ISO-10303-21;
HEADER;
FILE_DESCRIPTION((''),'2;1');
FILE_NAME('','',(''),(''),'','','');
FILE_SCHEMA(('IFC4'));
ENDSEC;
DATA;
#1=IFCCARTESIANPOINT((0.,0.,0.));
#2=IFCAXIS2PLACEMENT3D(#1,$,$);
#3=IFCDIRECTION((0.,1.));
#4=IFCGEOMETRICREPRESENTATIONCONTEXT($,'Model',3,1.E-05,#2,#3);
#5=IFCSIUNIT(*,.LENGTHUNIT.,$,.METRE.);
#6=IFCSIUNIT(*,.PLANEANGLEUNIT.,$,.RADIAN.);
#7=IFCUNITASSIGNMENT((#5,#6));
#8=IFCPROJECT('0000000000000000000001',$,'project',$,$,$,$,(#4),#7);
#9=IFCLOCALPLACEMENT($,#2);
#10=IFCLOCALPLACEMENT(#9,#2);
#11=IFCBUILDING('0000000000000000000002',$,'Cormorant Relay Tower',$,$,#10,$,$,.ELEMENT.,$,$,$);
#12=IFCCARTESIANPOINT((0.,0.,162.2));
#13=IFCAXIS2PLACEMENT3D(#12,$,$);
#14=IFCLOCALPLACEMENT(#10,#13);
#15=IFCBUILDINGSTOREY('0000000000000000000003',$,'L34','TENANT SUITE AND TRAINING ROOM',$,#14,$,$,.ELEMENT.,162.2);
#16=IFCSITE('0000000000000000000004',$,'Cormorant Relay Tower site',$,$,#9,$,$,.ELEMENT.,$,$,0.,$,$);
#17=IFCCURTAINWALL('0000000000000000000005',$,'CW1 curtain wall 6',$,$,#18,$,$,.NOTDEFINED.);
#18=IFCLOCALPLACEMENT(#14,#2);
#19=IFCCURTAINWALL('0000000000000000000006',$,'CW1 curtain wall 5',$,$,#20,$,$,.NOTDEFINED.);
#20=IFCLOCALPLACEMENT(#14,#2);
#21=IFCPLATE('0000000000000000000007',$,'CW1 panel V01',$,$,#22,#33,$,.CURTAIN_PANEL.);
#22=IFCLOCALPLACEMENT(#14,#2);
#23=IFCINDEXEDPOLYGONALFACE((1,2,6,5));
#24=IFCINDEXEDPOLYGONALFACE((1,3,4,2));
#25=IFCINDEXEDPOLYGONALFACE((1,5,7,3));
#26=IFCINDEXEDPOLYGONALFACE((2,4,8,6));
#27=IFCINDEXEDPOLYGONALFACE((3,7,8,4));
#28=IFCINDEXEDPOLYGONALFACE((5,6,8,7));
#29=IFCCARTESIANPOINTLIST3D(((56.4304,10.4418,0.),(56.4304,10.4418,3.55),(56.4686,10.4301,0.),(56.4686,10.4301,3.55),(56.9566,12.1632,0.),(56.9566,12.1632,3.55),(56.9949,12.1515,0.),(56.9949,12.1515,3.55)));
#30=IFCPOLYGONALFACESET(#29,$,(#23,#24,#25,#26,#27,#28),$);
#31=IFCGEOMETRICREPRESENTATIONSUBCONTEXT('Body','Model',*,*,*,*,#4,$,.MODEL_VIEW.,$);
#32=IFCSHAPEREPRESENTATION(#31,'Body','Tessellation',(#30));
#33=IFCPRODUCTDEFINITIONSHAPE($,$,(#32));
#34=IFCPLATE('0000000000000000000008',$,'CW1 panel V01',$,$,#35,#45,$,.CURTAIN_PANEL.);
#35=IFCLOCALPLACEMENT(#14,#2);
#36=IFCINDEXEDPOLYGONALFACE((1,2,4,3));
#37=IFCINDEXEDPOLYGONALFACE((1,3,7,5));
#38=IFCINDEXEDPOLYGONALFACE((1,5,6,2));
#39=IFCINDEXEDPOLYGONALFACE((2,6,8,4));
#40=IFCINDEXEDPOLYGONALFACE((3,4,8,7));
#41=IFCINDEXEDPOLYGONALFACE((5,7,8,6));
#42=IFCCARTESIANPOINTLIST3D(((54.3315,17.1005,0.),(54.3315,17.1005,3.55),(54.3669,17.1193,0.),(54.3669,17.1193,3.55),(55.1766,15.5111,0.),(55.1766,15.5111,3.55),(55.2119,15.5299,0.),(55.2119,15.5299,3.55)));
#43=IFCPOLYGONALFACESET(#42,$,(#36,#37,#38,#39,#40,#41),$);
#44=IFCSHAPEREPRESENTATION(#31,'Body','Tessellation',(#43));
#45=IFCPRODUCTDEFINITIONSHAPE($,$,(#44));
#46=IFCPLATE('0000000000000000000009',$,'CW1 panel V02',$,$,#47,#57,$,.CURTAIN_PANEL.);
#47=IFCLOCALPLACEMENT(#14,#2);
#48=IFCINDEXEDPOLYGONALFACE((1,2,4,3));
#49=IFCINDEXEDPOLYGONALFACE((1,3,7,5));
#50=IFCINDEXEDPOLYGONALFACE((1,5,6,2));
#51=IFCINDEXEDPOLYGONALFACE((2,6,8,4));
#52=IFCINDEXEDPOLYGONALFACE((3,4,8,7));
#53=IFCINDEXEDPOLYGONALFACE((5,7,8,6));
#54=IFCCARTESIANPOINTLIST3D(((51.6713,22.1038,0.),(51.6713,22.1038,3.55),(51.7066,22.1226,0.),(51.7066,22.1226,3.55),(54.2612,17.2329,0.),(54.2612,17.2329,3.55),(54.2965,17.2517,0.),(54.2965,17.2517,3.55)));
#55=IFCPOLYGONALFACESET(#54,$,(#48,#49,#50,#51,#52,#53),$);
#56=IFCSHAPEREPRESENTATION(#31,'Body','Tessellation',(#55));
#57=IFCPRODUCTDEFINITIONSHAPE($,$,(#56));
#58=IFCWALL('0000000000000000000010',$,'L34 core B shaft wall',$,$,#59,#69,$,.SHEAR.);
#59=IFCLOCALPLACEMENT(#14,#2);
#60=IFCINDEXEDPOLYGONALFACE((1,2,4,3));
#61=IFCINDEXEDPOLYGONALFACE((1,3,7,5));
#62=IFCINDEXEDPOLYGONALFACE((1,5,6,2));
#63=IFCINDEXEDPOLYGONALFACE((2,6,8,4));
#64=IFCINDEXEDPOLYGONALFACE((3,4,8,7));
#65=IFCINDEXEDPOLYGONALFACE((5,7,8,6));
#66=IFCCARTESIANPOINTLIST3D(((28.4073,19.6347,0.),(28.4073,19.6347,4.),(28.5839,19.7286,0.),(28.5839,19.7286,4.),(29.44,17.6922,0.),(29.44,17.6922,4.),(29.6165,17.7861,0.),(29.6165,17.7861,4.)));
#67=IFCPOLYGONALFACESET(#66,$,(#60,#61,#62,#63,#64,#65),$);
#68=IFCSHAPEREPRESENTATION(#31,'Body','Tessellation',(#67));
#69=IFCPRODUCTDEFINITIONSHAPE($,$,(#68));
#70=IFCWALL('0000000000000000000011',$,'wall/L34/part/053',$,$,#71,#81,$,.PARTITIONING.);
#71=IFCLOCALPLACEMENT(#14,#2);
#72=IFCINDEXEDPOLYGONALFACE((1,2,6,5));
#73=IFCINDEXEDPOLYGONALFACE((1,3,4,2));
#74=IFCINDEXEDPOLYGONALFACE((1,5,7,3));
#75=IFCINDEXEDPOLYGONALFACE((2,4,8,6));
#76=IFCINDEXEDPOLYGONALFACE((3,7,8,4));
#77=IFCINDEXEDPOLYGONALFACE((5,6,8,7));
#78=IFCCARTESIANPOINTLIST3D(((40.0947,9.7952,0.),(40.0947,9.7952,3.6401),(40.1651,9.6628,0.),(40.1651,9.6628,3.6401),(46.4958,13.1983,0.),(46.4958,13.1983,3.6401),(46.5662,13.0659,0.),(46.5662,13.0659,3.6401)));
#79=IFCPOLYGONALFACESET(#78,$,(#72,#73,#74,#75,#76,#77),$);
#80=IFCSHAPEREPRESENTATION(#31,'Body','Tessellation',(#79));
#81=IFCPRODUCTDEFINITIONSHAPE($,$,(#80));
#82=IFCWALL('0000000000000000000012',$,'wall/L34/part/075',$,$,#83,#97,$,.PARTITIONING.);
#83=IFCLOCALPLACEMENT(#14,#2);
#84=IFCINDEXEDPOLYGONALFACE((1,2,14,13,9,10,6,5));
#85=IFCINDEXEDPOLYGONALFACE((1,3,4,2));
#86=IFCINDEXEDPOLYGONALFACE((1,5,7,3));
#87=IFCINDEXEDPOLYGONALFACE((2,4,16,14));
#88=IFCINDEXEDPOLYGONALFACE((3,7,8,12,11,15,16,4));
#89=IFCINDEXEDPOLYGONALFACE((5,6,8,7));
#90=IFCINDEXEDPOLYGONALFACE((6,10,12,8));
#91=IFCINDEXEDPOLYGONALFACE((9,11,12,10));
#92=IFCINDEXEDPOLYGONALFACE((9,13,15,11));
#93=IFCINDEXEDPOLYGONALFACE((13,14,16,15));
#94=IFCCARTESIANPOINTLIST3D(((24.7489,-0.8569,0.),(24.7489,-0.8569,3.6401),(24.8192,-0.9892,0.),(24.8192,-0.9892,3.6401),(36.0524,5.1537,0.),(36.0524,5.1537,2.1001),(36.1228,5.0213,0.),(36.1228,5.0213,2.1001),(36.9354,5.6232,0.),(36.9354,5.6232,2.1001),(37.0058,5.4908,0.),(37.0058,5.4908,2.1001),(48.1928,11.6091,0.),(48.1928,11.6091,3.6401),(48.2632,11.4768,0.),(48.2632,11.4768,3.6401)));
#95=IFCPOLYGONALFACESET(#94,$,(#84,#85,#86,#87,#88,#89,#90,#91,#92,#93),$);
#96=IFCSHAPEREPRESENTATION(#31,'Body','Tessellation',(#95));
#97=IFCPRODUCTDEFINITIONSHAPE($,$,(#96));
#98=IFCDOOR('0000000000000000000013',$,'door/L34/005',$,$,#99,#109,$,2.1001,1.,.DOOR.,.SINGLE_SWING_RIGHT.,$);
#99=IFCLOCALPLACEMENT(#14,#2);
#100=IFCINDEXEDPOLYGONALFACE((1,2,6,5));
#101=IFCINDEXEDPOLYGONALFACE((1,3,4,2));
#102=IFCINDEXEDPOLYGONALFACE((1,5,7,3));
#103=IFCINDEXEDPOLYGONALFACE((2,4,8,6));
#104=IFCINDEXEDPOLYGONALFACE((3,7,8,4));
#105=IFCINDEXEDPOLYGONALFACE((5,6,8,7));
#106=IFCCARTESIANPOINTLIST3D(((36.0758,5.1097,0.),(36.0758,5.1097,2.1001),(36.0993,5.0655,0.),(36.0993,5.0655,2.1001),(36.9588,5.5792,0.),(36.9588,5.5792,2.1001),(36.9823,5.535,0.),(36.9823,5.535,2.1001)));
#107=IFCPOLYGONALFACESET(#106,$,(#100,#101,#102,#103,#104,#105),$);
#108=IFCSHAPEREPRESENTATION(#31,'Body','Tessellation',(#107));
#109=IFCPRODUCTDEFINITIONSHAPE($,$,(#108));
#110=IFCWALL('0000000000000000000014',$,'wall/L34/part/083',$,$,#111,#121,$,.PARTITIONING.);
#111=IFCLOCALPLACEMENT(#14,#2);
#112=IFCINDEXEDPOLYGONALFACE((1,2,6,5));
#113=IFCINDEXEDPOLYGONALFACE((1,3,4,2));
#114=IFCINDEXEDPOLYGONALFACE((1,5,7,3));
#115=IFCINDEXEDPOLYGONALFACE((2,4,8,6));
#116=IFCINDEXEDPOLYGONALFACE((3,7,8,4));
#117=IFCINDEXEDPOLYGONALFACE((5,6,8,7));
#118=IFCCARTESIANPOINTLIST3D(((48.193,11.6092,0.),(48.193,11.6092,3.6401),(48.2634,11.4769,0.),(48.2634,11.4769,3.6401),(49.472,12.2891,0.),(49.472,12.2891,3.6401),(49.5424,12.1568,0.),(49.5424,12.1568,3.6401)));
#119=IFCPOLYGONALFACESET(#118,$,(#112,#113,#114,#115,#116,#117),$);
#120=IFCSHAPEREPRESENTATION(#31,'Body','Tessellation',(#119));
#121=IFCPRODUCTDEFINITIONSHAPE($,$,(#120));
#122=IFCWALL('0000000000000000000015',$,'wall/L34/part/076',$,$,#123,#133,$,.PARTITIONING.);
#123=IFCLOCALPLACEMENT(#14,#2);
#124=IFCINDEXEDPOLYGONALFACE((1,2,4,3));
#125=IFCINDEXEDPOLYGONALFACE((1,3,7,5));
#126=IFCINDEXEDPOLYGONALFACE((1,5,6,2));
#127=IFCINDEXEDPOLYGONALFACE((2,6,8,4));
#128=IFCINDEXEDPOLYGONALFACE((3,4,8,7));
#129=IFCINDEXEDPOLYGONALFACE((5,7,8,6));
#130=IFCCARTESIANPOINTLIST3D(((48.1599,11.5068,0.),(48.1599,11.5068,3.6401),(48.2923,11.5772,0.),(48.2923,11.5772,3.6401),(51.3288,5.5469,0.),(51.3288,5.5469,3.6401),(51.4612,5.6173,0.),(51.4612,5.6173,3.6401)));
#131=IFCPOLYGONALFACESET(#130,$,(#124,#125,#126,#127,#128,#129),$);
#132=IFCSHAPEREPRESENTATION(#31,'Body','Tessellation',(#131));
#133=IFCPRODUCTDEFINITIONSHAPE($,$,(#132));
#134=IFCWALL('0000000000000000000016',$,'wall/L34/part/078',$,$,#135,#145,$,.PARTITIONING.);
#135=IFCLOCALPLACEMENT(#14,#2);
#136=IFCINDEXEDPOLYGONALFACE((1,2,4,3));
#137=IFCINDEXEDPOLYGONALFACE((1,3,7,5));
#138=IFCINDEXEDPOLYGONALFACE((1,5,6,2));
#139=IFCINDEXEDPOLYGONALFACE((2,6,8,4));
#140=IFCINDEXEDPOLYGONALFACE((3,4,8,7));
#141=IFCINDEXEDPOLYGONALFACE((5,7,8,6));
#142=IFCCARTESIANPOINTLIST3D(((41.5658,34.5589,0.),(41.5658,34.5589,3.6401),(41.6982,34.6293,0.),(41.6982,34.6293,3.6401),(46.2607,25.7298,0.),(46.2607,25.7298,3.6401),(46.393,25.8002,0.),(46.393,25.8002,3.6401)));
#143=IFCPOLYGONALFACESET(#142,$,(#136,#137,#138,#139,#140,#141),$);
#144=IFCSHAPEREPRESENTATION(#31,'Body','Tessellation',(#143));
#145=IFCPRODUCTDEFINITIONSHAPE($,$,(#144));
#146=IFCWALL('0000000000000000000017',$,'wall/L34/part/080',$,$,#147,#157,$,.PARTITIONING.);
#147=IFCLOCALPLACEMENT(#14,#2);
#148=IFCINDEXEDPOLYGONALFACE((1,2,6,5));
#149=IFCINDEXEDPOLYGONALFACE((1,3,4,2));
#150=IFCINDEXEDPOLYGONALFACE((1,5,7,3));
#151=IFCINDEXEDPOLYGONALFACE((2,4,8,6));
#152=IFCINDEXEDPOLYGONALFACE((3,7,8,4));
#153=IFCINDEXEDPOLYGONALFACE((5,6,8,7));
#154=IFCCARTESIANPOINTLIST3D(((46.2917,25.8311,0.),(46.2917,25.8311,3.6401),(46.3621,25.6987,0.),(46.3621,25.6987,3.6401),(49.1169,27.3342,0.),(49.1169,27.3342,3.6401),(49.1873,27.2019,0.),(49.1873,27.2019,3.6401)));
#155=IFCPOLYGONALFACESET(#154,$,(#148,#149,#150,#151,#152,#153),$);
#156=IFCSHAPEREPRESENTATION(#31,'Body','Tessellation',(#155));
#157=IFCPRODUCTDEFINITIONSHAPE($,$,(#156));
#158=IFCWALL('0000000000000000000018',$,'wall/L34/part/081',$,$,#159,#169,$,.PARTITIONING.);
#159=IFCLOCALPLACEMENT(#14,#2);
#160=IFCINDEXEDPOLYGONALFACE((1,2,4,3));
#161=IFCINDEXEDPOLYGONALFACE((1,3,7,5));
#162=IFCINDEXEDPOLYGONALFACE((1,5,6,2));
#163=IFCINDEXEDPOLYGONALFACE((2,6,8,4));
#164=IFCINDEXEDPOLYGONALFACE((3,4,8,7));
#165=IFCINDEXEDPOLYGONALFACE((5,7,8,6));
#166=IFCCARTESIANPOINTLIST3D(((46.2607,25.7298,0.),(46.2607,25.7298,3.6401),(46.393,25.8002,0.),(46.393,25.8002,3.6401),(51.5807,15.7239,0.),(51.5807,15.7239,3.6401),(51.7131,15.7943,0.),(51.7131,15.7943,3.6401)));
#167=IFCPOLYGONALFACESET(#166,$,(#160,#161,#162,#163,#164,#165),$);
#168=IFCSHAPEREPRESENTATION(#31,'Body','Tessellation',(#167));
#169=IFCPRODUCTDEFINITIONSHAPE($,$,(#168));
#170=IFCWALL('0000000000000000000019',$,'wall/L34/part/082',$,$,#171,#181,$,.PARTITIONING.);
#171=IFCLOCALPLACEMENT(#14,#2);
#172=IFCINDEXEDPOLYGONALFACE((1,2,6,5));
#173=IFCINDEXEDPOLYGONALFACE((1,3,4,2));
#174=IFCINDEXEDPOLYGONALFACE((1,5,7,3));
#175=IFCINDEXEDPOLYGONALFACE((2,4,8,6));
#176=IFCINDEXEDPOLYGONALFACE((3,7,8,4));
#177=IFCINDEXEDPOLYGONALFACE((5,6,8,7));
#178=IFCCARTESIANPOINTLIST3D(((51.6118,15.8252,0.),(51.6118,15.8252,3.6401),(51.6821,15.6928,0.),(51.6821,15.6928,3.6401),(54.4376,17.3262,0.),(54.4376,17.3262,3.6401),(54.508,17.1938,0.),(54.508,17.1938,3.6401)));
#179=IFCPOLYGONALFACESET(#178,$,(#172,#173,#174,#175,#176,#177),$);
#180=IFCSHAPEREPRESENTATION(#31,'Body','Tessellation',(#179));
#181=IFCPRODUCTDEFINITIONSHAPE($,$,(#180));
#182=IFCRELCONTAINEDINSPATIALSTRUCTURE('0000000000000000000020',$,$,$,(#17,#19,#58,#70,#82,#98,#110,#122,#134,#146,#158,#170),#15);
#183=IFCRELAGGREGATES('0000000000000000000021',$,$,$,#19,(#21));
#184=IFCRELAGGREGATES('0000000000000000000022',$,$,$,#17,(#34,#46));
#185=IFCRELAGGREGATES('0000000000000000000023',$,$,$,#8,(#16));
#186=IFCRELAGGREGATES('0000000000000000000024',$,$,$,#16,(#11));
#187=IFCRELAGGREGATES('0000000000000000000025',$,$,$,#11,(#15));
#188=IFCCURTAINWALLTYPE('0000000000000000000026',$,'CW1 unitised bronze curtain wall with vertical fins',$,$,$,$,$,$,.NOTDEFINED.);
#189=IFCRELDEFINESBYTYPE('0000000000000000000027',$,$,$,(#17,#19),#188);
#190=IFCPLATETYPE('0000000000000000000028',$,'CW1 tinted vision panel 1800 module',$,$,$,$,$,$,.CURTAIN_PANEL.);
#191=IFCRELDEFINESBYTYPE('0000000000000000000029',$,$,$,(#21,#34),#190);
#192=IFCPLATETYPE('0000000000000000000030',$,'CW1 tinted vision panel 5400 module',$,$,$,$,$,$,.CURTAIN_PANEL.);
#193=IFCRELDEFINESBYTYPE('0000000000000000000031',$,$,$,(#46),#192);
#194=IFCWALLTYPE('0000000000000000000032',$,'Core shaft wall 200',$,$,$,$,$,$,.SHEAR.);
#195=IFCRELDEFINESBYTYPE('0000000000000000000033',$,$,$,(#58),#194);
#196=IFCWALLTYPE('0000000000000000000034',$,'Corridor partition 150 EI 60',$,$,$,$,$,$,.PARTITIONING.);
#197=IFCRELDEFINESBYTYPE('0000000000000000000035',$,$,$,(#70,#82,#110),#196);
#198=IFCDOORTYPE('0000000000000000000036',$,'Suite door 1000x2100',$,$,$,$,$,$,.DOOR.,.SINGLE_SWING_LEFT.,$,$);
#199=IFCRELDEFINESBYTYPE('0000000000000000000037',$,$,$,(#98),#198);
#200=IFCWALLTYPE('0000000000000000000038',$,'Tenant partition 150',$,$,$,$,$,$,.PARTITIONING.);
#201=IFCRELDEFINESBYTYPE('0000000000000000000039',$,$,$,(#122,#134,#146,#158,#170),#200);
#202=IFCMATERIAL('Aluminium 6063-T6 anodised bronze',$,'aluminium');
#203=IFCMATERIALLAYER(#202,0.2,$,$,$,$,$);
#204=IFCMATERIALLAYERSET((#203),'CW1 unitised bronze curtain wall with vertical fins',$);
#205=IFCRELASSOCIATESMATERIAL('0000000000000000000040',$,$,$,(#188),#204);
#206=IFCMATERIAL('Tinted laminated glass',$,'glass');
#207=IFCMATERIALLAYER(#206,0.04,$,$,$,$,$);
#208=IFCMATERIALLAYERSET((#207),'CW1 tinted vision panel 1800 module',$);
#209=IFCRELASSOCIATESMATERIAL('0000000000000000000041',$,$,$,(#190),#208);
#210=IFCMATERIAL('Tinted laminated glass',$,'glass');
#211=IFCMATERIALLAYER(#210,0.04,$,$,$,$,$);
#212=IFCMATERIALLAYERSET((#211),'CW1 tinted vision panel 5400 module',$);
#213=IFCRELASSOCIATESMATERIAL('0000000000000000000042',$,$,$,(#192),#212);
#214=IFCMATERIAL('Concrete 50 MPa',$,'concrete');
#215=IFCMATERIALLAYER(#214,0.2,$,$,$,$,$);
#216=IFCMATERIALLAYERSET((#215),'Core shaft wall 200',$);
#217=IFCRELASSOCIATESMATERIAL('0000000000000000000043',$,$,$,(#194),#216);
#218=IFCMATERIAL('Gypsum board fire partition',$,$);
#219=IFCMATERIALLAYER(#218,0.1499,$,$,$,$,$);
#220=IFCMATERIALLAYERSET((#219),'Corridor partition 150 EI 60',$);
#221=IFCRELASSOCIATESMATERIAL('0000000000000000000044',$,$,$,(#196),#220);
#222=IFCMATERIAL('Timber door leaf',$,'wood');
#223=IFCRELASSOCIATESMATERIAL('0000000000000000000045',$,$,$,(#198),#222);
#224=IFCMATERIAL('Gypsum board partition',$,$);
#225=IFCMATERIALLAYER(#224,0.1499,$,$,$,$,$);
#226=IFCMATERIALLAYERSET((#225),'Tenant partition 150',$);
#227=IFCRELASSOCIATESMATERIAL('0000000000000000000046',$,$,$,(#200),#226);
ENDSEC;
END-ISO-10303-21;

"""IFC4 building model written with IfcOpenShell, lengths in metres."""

from ifc_helpers import new_model, si_unit, direction, frame, frame_2d, origin, origin_2d, place, context, subcontext, project, spatial, rectangle, extrude, material, layer, layer_set, type_object, element, fill, aggregate, save


model = new_model("IFC4")

# Units and contexts
model_context = context("Model", 3, precision=1e-05, world=origin(), true_north=direction((0.0, 1.0)))
body_context = subcontext(model_context, "Body", "Model", "MODEL_VIEW")
ifc_project = project(units=[si_unit("LENGTHUNIT", "METRE"), si_unit("PLANEANGLEUNIT", "RADIAN")], contexts=[model_context])

# Site, building, storey
site_placement = place(None, origin())
site = spatial("IfcSite", under=ifc_project, at=site_placement, Name="Cormorant Relay Tower site", CompositionType="ELEMENT", RefElevation=0.0)
building_placement = place(site_placement, origin())
building = spatial("IfcBuilding", under=site, at=building_placement, Name="Cormorant Relay Tower", CompositionType="ELEMENT")
storey_placement = place(building_placement, frame((0.0, 0.0, 162.2)))
storey = spatial("IfcBuildingStorey", under=building, at=storey_placement, Name="L34", Description="TENANT SUITE AND TRAINING ROOM", CompositionType="ELEMENT", Elevation=162.2)

# Curtain wall
ifc_material_1 = material(Name="Aluminium 6063-T6 anodised bronze", Category="aluminium")
ifc_layer_1 = layer(ifc_material_1, 0.2)
ifc_layer_set_1 = layer_set([ifc_layer_1], Name="CW1 unitised bronze curtain wall with vertical fins")
curtain_wall_type = type_object("IfcCurtainWallType", Name="CW1 unitised bronze curtain wall with vertical fins", PredefinedType="NOTDEFINED", material=ifc_layer_set_1)
curtain_wall_1_placement = place(storey_placement, origin())
curtain_wall_1 = element("IfcCurtainWall", 1, at=curtain_wall_1_placement, inside=storey, type_object=curtain_wall_type, Name="CW1 curtain wall 6", PredefinedType="NOTDEFINED")

# Curtain wall, plate
curtain_wall_2_placement = place(storey_placement, origin())
curtain_wall_2 = element("IfcCurtainWall", 2, at=curtain_wall_2_placement, inside=storey, type_object=curtain_wall_type, Name="CW1 curtain wall 5", PredefinedType="NOTDEFINED")
ifc_material_2 = material(Name="Tinted laminated glass", Category="glass")
ifc_layer_2 = layer(ifc_material_2, 0.04)
ifc_layer_set_2 = layer_set([ifc_layer_2], Name="CW1 tinted vision panel 1800 module")
plate_type_1 = type_object("IfcPlateType", Name="CW1 tinted vision panel 1800 module", PredefinedType="CURTAIN_PANEL", material=ifc_layer_set_2)
plate_1_placement = place(storey_placement, frame((56.7126, 11.2966, 0.0), z_axis=(0.0, 0.0, 1.0), x_axis=(0.292372, 0.956305, 0.0)))
plate_1 = element("IfcPlate", 3, at=plate_1_placement, type_object=plate_type_1, Name="CW1 panel V01", PredefinedType="CURTAIN_PANEL", context=body_context, shape_type="SweptSolid", body=[
    extrude(rectangle(XDim=1.8, YDim=0.04, at=origin_2d()), origin(), (0.0, 0.0, 1.0), 3.55),
])
aggregate(curtain_wall_2, [plate_1])

# Plates
plate_2_placement = place(storey_placement, frame((54.7717, 16.3152, 0.0), z_axis=(0.0, 0.0, 1.0), x_axis=(-0.469472, 0.882948, 0.0)))
plate_2 = element("IfcPlate", 4, at=plate_2_placement, type_object=plate_type_1, Name="CW1 panel V01", PredefinedType="CURTAIN_PANEL", context=body_context, shape_type="SweptSolid", body=[
    extrude(rectangle(XDim=1.8, YDim=0.04, at=origin_2d()), origin(), (0.0, 0.0, 1.0), 3.55),
])
ifc_material_3 = material(Name="Tinted laminated glass", Category="glass")
ifc_layer_3 = layer(ifc_material_3, 0.04)
ifc_layer_set_3 = layer_set([ifc_layer_3], Name="CW1 tinted vision panel 5400 module")
plate_type_2 = type_object("IfcPlateType", Name="CW1 tinted vision panel 5400 module", PredefinedType="CURTAIN_PANEL", material=ifc_layer_set_3)
plate_3_placement = place(storey_placement, frame((52.9839, 19.6777, 0.0), z_axis=(0.0, 0.0, 1.0), x_axis=(-0.469472, 0.882948, 0.0)))
plate_3 = element("IfcPlate", 5, at=plate_3_placement, type_object=plate_type_2, Name="CW1 panel V02", PredefinedType="CURTAIN_PANEL", context=body_context, shape_type="SweptSolid", body=[
    extrude(rectangle(XDim=5.5166, YDim=0.04, at=origin_2d()), origin(), (0.0, 0.0, 1.0), 3.55),
])

# Wall
ifc_material_4 = material(Name="Concrete 50 MPa", Category="concrete")
ifc_layer_4 = layer(ifc_material_4, 0.2)
ifc_layer_set_4 = layer_set([ifc_layer_4], Name="Core shaft wall 200")
wall_type_1 = type_object("IfcWallType", Name="Core shaft wall 200", PredefinedType="SHEAR", material=ifc_layer_set_4)
wall_1_placement = place(storey_placement, frame((29.5283, 17.739, 0.0), z_axis=(0.0, 0.0, 1.0), x_axis=(-0.469401, 0.882985, 0.0)))
element("IfcWall", 6, at=wall_1_placement, inside=storey, type_object=wall_type_1, Name="L34 core B shaft wall", PredefinedType="SHEAR", context=body_context, shape_type="SweptSolid", body=[
    extrude(rectangle(XDim=2.2, YDim=0.2, at=frame_2d((1.1001, 0.0))), origin(), (0.0, 0.0, 1.0), 4.0),
])

# Wall
ifc_material_5 = material(Name="Gypsum board fire partition")
ifc_layer_5 = layer(ifc_material_5, 0.1499)
ifc_layer_set_5 = layer_set([ifc_layer_5], Name="Corridor partition 150 EI 60")
wall_type_2 = type_object("IfcWallType", Name="Corridor partition 150 EI 60", PredefinedType="PARTITIONING", material=ifc_layer_set_5)
wall_2_placement = place(storey_placement, frame((46.531, 13.1321, 0.0), z_axis=(0.0, 0.0, 1.0), x_axis=(-0.882974, -0.469422, 0.0)))
element("IfcWall", 7, at=wall_2_placement, inside=storey, type_object=wall_type_2, Name="wall/L34/part/053", PredefinedType="PARTITIONING", context=body_context, shape_type="SweptSolid", body=[
    extrude(rectangle(XDim=7.2495, YDim=0.1499, at=frame_2d((3.6248, 0.0))), origin(), (0.0, 0.0, 1.0), 3.6401),
])

# Wall, opening, door
wall_3_placement = place(storey_placement, frame((48.228, 11.543, 0.0), z_axis=(0.0, 0.0, 1.0), x_axis=(-0.882938, -0.46949, 0.0)))
wall_3 = element("IfcWall", 8, at=wall_3_placement, inside=storey, type_object=wall_type_2, Name="wall/L34/part/075", PredefinedType="PARTITIONING", context=body_context, shape_type="SweptSolid", body=[
    extrude(rectangle(XDim=26.5522, YDim=0.1499, at=frame_2d((13.2761, 0.0))), origin(), (0.0, 0.0, 1.0), 3.6401),
])
opening_1_placement = place(wall_3_placement, frame((12.75, 0.0, 0.0)))
opening_1 = element("IfcOpeningElement", 9, at=opening_1_placement, cuts=wall_3, PredefinedType="OPENING", context=body_context, shape_type="SweptSolid", body=[
    extrude(rectangle(XDim=1.0, YDim=2.1001, at=frame_2d((0.5, 1.05))), frame((0.0, 0.085, 0.0), z_axis=(0.0, -1.0, 0.0), x_axis=(1.0, 0.0, 0.0)), (0.0, 0.0, 1.0), 0.1699),
])
ifc_material_6 = material(Name="Timber door leaf", Category="wood")
door_type_1 = type_object("IfcDoorType", Name="Suite door 1000x2100", OperationType="SINGLE_SWING_LEFT", PredefinedType="DOOR", material=ifc_material_6)
door_1_placement = place(opening_1_placement, origin())
door_1 = element("IfcDoor", 10, at=door_1_placement, inside=storey, type_object=door_type_1, Name="door/L34/005", OperationType="SINGLE_SWING_RIGHT", OverallHeight=2.1001, OverallWidth=1.0, PredefinedType="DOOR", context=body_context, shape_type="SweptSolid", body=[
    extrude(rectangle(XDim=1.0, YDim=2.1001, at=frame_2d((0.5, 1.05))), frame((0.0, 0.0249, 0.0), z_axis=(0.0, -1.0, 0.0), x_axis=(1.0, 0.0, 0.0)), (0.0, 0.0, 1.0), 0.05),
])
fill(opening_1, door_1)

# Walls
wall_4_placement = place(storey_placement, frame((49.5071, 12.2229, 0.0), z_axis=(0.0, 0.0, 1.0), x_axis=(-0.882991, -0.469389, 0.0)))
element("IfcWall", 11, at=wall_4_placement, inside=storey, type_object=wall_type_2, Name="wall/L34/part/083", PredefinedType="PARTITIONING", context=body_context, shape_type="SweptSolid", body=[
    extrude(rectangle(XDim=1.4485, YDim=0.1499, at=frame_2d((0.7241, 0.0))), origin(), (0.0, 0.0, 1.0), 3.6401),
])
ifc_material_7 = material(Name="Gypsum board partition")
ifc_layer_6 = layer(ifc_material_7, 0.1499)
ifc_layer_set_6 = layer_set([ifc_layer_6], Name="Tenant partition 150")
wall_type_3 = type_object("IfcWallType", Name="Tenant partition 150", PredefinedType="PARTITIONING", material=ifc_layer_set_6)
wall_5_placement = place(storey_placement, frame((48.2261, 11.542, 0.0), z_axis=(0.0, 0.0, 1.0), x_axis=(0.469469, -0.882949, 0.0)))
element("IfcWall", 12, at=wall_5_placement, inside=storey, type_object=wall_type_3, Name="wall/L34/part/076", PredefinedType="PARTITIONING", context=body_context, shape_type="SweptSolid", body=[
    extrude(rectangle(XDim=6.75, YDim=0.1499, at=frame_2d((3.375, 0.0))), origin(), (0.0, 0.0, 1.0), 3.6401),
])
wall_6_placement = place(storey_placement, frame((46.3269, 25.7649, 0.0), z_axis=(0.0, 0.0, 1.0), x_axis=(-0.469496, 0.882935, 0.0)))
element("IfcWall", 13, at=wall_6_placement, inside=storey, type_object=wall_type_3, Name="wall/L34/part/078", PredefinedType="PARTITIONING", context=body_context, shape_type="SweptSolid", body=[
    extrude(rectangle(XDim=9.9998, YDim=0.1499, at=frame_2d((5.0, 0.0))), origin(), (0.0, 0.0, 1.0), 3.6401),
])
wall_7_placement = place(storey_placement, frame((49.1521, 27.2681, 0.0), z_axis=(0.0, 0.0, 1.0), x_axis=(-0.882819, -0.469713, 0.0)))
element("IfcWall", 14, at=wall_7_placement, inside=storey, type_object=wall_type_3, Name="wall/L34/part/080", PredefinedType="PARTITIONING", context=body_context, shape_type="SweptSolid", body=[
    extrude(rectangle(XDim=3.2002, YDim=0.1499, at=frame_2d((1.6001, 0.0))), origin(), (0.0, 0.0, 1.0), 3.6401),
])
wall_8_placement = place(storey_placement, frame((46.3269, 25.7649, 0.0), z_axis=(0.0, 0.0, 1.0), x_axis=(0.469462, -0.882953, 0.0)))
element("IfcWall", 15, at=wall_8_placement, inside=storey, type_object=wall_type_3, Name="wall/L34/part/081", PredefinedType="PARTITIONING", context=body_context, shape_type="SweptSolid", body=[
    extrude(rectangle(XDim=11.3323, YDim=0.1499, at=frame_2d((5.666, 0.0))), origin(), (0.0, 0.0, 1.0), 3.6401),
])
wall_9_placement = place(storey_placement, frame((51.647, 15.759, 0.0), z_axis=(0.0, 0.0, 1.0), x_axis=(0.883154, 0.469083, 0.0)))
element("IfcWall", 16, at=wall_9_placement, inside=storey, type_object=wall_type_3, Name="wall/L34/part/082", PredefinedType="PARTITIONING", context=body_context, shape_type="SweptSolid", body=[
    extrude(rectangle(XDim=3.1997, YDim=0.1499, at=frame_2d((1.5999, 0.0))), origin(), (0.0, 0.0, 1.0), 3.6401),
])

aggregate(curtain_wall_1, [plate_2, plate_3])

save(model, "model.ifc")
